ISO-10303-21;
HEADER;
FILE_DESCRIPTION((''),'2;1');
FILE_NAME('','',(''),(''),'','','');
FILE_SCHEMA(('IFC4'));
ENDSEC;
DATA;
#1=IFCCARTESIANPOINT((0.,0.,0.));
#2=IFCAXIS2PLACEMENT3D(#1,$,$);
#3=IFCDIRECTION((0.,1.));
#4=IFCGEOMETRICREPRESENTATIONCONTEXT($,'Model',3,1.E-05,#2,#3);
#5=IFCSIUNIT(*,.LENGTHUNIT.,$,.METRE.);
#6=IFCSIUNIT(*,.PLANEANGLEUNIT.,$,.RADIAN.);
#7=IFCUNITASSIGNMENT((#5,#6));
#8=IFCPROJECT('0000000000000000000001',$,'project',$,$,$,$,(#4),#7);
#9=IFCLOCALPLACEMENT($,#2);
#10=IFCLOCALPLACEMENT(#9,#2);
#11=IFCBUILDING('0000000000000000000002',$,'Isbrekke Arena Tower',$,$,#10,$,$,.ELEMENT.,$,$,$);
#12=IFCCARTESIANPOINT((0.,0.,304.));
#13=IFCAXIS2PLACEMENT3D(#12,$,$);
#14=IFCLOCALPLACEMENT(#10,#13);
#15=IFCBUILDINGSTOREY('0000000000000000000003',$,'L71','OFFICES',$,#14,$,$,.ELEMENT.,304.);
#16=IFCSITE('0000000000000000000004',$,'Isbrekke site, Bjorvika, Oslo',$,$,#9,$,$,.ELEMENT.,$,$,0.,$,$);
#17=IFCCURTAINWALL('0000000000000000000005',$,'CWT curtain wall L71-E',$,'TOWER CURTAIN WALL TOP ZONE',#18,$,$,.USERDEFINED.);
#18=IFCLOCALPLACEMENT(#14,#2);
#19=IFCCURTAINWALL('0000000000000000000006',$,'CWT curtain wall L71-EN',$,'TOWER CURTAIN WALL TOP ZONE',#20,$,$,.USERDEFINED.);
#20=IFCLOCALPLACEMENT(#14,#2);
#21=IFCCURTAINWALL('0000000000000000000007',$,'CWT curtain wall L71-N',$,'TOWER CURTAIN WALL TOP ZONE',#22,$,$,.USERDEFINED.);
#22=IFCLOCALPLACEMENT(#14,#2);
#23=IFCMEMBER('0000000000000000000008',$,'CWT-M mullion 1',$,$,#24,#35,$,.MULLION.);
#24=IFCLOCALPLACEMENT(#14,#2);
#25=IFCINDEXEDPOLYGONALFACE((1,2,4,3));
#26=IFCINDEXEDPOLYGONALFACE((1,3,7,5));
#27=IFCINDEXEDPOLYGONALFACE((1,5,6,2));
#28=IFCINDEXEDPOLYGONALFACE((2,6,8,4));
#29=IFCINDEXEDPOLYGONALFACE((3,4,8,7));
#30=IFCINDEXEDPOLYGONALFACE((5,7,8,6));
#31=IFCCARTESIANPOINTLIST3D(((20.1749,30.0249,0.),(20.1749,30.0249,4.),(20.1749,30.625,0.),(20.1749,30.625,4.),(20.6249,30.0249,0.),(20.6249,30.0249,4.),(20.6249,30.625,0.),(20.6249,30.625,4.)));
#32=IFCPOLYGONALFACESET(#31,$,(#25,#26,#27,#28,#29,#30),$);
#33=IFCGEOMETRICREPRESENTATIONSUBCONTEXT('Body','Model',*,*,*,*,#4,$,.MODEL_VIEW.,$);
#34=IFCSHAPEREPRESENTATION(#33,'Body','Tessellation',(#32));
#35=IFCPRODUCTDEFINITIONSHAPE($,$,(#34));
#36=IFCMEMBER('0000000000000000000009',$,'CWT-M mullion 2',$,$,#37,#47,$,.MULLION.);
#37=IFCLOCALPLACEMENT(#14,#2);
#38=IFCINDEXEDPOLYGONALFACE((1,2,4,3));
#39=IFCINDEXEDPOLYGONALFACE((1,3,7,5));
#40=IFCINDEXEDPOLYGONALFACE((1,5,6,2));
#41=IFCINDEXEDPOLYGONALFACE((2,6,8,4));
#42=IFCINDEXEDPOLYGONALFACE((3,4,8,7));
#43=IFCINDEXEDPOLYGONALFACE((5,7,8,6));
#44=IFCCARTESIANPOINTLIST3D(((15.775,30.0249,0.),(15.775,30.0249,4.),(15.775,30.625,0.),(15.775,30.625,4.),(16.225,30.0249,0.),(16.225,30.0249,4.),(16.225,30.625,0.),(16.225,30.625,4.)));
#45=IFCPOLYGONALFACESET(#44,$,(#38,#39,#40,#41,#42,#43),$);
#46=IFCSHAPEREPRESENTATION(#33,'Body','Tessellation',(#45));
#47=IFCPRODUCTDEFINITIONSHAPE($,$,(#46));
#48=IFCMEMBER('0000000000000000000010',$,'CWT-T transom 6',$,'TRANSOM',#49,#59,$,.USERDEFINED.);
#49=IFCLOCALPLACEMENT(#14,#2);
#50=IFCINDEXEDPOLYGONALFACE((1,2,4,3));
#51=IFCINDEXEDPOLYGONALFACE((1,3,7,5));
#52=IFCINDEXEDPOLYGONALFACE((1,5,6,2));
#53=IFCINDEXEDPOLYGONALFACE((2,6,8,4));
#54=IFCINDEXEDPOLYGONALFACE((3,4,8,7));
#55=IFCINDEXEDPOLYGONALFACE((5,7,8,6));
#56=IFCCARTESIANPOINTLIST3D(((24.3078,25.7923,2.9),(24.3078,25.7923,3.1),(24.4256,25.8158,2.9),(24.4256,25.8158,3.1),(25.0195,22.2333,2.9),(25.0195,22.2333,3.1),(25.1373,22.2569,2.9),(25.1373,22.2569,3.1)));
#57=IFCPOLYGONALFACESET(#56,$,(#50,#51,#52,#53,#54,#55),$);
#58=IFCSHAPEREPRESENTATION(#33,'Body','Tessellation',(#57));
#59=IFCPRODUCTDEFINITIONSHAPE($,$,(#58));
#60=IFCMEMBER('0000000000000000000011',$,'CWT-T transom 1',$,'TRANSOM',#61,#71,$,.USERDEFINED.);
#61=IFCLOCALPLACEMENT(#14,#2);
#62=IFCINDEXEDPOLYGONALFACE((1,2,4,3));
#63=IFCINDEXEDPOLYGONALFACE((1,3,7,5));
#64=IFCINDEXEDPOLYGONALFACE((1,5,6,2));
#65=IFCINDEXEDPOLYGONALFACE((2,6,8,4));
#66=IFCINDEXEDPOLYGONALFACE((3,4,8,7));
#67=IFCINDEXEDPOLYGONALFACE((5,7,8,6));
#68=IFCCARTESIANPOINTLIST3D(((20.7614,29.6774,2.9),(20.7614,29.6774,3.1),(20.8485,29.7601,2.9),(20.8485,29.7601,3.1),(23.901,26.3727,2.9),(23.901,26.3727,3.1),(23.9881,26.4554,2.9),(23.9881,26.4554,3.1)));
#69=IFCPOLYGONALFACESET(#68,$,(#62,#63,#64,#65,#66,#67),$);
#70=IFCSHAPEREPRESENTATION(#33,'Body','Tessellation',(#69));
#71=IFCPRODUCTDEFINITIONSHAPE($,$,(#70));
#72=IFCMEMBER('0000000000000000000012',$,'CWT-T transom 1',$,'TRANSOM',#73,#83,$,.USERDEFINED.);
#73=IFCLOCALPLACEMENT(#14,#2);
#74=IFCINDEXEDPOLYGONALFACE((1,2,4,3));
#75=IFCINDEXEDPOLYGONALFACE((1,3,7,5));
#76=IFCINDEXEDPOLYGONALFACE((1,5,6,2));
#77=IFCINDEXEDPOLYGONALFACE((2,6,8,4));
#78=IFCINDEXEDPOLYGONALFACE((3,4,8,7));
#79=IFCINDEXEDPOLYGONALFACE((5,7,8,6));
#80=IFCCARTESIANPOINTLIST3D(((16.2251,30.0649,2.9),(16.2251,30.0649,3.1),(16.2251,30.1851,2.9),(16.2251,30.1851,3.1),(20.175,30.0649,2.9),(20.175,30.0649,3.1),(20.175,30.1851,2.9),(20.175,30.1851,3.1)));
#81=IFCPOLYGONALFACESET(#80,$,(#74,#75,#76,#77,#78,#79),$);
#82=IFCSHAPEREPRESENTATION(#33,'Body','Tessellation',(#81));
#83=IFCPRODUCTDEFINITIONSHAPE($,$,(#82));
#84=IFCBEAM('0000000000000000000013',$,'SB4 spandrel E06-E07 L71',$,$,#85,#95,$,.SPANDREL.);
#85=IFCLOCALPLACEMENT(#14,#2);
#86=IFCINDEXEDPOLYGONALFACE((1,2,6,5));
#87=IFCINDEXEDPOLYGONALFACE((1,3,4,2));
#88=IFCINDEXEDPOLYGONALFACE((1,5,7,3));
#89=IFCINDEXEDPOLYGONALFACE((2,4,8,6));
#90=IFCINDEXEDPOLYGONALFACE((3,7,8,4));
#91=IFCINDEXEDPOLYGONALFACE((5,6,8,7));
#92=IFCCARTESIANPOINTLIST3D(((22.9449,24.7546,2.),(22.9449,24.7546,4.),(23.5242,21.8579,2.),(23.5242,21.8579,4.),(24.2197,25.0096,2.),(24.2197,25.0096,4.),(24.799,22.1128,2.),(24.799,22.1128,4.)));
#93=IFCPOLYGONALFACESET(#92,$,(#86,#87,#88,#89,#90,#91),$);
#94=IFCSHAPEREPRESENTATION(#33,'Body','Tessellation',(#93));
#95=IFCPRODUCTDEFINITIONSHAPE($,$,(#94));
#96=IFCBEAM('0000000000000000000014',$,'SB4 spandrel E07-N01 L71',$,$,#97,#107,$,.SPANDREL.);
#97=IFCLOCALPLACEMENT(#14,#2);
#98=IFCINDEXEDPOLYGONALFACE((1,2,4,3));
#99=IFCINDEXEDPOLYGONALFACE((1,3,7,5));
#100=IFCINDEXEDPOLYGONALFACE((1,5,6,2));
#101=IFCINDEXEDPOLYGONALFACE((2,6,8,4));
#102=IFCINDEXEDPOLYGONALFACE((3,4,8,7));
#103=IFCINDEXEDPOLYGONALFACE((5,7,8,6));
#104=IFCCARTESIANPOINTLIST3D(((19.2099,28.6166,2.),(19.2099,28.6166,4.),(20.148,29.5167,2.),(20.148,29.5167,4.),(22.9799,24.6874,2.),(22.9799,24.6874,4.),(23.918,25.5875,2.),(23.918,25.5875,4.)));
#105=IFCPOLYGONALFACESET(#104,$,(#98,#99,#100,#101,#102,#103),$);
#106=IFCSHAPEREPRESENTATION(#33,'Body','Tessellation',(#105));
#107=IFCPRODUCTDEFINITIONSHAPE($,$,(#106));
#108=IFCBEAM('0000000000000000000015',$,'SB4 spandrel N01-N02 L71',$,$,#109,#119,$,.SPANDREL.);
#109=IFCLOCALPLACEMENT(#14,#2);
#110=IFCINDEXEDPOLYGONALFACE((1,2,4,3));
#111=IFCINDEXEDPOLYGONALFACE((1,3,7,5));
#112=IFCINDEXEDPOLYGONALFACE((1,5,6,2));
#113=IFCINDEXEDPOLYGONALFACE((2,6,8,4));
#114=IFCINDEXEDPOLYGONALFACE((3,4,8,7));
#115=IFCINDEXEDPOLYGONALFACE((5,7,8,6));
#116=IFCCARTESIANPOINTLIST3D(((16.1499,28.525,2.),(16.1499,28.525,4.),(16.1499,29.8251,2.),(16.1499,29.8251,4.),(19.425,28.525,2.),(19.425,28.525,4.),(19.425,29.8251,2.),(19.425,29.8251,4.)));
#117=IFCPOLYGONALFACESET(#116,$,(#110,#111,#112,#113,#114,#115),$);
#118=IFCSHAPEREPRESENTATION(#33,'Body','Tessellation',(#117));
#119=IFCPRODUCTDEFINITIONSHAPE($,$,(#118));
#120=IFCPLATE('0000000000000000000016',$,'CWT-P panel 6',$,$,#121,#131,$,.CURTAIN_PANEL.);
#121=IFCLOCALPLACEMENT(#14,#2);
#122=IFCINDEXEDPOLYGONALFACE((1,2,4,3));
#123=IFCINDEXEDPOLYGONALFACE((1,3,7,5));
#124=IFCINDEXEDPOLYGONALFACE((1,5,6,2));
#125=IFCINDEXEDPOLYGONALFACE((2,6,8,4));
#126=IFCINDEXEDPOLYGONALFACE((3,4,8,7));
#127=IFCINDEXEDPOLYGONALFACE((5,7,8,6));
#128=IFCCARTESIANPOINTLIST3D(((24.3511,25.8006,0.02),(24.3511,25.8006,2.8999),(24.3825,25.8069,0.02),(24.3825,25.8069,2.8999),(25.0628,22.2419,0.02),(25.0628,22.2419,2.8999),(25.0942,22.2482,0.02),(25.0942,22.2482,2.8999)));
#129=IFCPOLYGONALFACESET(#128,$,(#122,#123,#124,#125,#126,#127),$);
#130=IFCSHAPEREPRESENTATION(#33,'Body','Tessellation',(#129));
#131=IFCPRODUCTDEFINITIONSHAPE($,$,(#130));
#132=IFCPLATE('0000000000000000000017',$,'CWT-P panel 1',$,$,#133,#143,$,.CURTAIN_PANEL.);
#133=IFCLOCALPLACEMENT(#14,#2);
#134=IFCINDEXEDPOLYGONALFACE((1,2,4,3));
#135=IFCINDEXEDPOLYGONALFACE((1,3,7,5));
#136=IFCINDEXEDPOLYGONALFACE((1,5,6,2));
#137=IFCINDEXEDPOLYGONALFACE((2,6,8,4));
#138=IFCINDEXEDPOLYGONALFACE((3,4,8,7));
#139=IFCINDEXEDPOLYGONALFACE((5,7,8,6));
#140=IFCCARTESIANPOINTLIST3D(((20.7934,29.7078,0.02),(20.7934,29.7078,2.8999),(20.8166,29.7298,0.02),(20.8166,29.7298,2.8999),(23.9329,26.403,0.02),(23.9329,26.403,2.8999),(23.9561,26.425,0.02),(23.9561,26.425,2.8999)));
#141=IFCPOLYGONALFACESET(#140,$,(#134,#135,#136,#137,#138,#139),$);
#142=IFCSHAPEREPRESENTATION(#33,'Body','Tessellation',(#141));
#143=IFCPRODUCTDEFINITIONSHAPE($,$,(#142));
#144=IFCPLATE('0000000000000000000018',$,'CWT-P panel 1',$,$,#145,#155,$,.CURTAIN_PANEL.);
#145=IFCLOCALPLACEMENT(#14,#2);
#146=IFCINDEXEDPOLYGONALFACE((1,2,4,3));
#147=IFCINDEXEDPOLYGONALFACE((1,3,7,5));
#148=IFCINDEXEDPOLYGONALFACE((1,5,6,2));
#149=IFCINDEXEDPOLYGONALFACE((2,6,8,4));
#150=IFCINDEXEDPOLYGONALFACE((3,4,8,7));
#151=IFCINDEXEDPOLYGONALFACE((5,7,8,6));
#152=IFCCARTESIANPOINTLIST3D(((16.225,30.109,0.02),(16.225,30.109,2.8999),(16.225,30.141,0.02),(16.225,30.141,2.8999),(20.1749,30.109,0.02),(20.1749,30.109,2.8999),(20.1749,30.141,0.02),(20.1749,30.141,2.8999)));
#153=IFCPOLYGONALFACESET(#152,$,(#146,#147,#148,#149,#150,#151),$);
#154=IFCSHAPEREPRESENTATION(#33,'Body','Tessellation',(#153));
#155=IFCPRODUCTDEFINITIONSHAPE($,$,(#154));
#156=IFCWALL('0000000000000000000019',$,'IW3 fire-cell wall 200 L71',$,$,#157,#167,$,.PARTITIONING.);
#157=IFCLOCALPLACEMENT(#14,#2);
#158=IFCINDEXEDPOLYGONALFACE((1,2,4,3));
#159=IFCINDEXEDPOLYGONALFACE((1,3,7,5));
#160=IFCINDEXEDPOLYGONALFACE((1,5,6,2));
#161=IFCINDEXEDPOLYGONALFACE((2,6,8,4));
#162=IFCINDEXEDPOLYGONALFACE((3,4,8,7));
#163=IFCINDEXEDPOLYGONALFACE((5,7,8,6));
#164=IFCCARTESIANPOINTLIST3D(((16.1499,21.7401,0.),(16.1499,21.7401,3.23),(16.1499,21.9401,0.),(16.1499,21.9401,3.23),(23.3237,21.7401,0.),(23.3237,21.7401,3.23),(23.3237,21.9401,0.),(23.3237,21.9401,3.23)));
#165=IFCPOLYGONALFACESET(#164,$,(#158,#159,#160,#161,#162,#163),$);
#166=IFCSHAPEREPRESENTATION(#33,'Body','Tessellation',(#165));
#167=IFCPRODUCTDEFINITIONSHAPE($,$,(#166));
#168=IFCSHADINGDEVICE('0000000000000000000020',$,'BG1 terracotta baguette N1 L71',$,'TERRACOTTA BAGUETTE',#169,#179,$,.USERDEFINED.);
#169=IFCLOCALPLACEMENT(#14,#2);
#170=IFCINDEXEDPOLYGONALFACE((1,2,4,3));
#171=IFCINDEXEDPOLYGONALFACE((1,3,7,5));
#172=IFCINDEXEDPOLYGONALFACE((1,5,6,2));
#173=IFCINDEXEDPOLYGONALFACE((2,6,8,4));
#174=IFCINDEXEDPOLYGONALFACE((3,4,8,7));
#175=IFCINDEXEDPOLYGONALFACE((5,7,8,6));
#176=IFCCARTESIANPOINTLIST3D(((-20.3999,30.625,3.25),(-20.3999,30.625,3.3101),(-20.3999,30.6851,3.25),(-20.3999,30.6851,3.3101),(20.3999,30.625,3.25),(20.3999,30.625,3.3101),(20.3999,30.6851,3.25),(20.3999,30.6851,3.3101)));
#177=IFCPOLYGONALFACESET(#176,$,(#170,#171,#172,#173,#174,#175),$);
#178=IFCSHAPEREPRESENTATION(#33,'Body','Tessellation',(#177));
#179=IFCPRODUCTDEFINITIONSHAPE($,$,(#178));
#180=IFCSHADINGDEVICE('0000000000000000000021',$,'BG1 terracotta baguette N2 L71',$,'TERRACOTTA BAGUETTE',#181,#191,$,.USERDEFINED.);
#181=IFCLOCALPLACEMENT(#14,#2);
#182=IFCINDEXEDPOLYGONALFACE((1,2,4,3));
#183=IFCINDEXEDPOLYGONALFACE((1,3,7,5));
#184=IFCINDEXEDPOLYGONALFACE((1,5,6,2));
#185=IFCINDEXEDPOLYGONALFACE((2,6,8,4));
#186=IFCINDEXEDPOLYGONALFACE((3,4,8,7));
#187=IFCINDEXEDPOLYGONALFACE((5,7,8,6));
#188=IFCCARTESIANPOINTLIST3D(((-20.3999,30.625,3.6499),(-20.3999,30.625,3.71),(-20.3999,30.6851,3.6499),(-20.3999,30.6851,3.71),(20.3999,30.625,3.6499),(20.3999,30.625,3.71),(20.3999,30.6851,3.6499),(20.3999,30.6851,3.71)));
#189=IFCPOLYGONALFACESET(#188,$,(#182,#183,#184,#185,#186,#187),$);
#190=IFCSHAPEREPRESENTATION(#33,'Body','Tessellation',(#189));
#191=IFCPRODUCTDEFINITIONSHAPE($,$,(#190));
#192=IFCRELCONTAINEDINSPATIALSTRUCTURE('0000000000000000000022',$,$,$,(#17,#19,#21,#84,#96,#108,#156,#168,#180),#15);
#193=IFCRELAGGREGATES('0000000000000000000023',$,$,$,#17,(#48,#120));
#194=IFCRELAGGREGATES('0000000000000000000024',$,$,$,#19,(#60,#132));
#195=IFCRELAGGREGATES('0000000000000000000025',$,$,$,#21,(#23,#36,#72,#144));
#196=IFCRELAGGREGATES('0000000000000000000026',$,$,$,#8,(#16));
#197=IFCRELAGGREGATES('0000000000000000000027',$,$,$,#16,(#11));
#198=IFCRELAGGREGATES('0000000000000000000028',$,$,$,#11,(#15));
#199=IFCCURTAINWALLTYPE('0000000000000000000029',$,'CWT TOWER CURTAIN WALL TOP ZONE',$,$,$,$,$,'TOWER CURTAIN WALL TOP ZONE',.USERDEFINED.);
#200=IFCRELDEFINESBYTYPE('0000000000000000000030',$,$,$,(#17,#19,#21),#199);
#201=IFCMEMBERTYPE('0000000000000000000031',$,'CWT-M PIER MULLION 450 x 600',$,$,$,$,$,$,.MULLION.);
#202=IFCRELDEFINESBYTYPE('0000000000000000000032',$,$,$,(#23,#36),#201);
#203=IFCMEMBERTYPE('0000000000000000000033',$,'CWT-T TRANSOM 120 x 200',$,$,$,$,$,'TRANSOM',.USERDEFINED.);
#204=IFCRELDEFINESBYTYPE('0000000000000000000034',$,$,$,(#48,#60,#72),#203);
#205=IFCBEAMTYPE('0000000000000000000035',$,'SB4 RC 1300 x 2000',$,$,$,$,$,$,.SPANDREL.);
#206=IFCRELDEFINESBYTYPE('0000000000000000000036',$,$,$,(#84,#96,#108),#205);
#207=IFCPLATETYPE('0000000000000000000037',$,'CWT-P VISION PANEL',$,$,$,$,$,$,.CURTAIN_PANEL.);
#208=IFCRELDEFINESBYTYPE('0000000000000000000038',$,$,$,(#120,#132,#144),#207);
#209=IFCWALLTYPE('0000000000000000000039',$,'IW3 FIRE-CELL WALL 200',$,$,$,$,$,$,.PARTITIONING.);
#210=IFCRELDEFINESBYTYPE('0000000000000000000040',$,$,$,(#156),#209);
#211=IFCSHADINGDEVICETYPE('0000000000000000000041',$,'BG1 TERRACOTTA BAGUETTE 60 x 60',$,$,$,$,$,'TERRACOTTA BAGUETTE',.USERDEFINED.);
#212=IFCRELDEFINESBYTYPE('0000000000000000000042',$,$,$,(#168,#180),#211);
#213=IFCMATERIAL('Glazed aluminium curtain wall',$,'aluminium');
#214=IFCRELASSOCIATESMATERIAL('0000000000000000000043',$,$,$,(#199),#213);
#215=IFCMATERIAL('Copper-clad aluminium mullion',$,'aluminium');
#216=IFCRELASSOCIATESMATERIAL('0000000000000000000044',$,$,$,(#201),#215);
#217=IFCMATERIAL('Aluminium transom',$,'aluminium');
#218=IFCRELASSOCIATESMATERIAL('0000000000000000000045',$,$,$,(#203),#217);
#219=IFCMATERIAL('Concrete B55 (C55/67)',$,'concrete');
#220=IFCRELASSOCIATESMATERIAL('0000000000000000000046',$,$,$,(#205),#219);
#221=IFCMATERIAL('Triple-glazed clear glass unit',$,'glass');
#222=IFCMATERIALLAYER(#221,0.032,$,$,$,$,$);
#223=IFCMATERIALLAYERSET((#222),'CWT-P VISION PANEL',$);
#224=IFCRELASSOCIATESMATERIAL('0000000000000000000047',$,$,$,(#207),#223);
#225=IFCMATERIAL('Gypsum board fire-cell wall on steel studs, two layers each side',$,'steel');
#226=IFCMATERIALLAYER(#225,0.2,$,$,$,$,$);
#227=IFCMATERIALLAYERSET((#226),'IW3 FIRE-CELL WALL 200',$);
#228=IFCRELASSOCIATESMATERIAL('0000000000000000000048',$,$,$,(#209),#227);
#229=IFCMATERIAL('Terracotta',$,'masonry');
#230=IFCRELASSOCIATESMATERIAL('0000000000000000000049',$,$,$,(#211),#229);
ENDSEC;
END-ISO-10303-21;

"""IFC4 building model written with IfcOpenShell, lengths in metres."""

from ifc_helpers import new_model, si_unit, direction, frame, frame_2d, origin, origin_2d, place, context, subcontext, project, spatial, rectangle, extrude, material, layer, layer_set, material_profile, profile_set, type_object, element, aggregate, save


model = new_model("IFC4")

# Units and contexts
model_context = context("Model", 3, precision=1e-05, world=origin(), true_north=direction((0.0, 1.0)))
body_context = subcontext(model_context, "Body", "Model", "MODEL_VIEW")
ifc_project = project(units=[si_unit("LENGTHUNIT", "METRE"), si_unit("PLANEANGLEUNIT", "RADIAN")], contexts=[model_context])

# Site, building, storey
site_placement = place(None, origin())
site = spatial("IfcSite", under=ifc_project, at=site_placement, Name="Isbrekke site, Bjorvika, Oslo", CompositionType="ELEMENT", RefElevation=0.0)
building_placement = place(site_placement, origin())
building = spatial("IfcBuilding", under=site, at=building_placement, Name="Isbrekke Arena Tower", CompositionType="ELEMENT")
storey_placement = place(building_placement, frame((0.0, 0.0, 304.0)))
storey = spatial("IfcBuildingStorey", under=building, at=storey_placement, Name="L71", Description="OFFICES", CompositionType="ELEMENT", Elevation=304.0)

# Curtain walls, members
ifc_material_1 = material(Name="Glazed aluminium curtain wall", Category="aluminium")
curtain_wall_type = type_object("IfcCurtainWallType", Name="CWT TOWER CURTAIN WALL TOP ZONE", ElementType="TOWER CURTAIN WALL TOP ZONE", PredefinedType="USERDEFINED", material=ifc_material_1)
curtain_wall_1_placement = place(storey_placement, origin())
curtain_wall_1 = element("IfcCurtainWall", 1, at=curtain_wall_1_placement, inside=storey, type_object=curtain_wall_type, Name="CWT curtain wall L71-E", ObjectType="TOWER CURTAIN WALL TOP ZONE", PredefinedType="USERDEFINED")
ifc_material_2 = material(Name="Copper-clad aluminium mullion", Category="aluminium")
ifc_material_profile_1 = material_profile(ifc_material_2, rectangle(XDim=0.45, YDim=0.6001, at=origin_2d()), Name="PIER 450X600")
ifc_profile_set_1 = profile_set([ifc_material_profile_1], Name="Copper-clad aluminium mullion")
member_type_1 = type_object("IfcMemberType", Name="CWT-M PIER MULLION 450 x 600", PredefinedType="MULLION", material=ifc_profile_set_1)
curtain_wall_2_placement = place(storey_placement, origin())
curtain_wall_2 = element("IfcCurtainWall", 2, at=curtain_wall_2_placement, inside=storey, type_object=curtain_wall_type, Name="CWT curtain wall L71-EN", ObjectType="TOWER CURTAIN WALL TOP ZONE", PredefinedType="USERDEFINED")
curtain_wall_3_placement = place(storey_placement, origin())
curtain_wall_3 = element("IfcCurtainWall", 3, at=curtain_wall_3_placement, inside=storey, type_object=curtain_wall_type, Name="CWT curtain wall L71-N", ObjectType="TOWER CURTAIN WALL TOP ZONE", PredefinedType="USERDEFINED")
member_1_placement = place(storey_placement, frame((20.3999, 30.325, 0.0), z_axis=(0.0, 0.0, 1.0), x_axis=(-1.0, 0.0, 0.0)))
member_1 = element("IfcMember", 4, at=member_1_placement, type_object=member_type_1, Name="CWT-M mullion 1", PredefinedType="MULLION", context=body_context, shape_type="SweptSolid", body=[
    extrude(rectangle(XDim=0.45, YDim=0.6001, at=origin_2d()), origin(), (0.0, 0.0, 1.0), 4.0),
])
member_2_placement = place(storey_placement, frame((16.0, 30.325, 0.0), z_axis=(0.0, 0.0, 1.0), x_axis=(-1.0, 0.0, 0.0)))
member_2 = element("IfcMember", 5, at=member_2_placement, type_object=member_type_1, Name="CWT-M mullion 2", PredefinedType="MULLION", context=body_context, shape_type="SweptSolid", body=[
    extrude(rectangle(XDim=0.45, YDim=0.6001, at=origin_2d()), origin(), (0.0, 0.0, 1.0), 4.0),
])

# Members
ifc_material_3 = material(Name="Aluminium transom", Category="aluminium")
ifc_material_profile_2 = material_profile(ifc_material_3, rectangle(XDim=0.1201, YDim=0.2, at=origin_2d()), Name="TRANSOM 120X200")
ifc_profile_set_2 = profile_set([ifc_material_profile_2], Name="Aluminium transom")
member_type_2 = type_object("IfcMemberType", Name="CWT-T TRANSOM 120 x 200", ElementType="TRANSOM", PredefinedType="USERDEFINED", material=ifc_profile_set_2)
member_3_placement = place(storey_placement, frame((25.0784, 22.2451, 3.0), z_axis=(-0.19609, 0.980586, 0.0), x_axis=(-0.980586, -0.19609, 0.0)))
member_3 = element("IfcMember", 6, at=member_3_placement, type_object=member_type_2, Name="CWT-T transom 6", ObjectType="TRANSOM", PredefinedType="USERDEFINED", context=body_context, shape_type="SweptSolid", body=[
    extrude(rectangle(XDim=0.1201, YDim=0.2, at=origin_2d()), origin(), (0.0, 0.0, 1.0), 3.6294),
])
member_4_placement = place(storey_placement, frame((23.9446, 26.4141, 3.0), z_axis=(-0.688772, 0.724978, 0.0), x_axis=(-0.724978, -0.688772, 0.0)))
member_4 = element("IfcMember", 7, at=member_4_placement, type_object=member_type_2, Name="CWT-T transom 1", ObjectType="TRANSOM", PredefinedType="USERDEFINED", context=body_context, shape_type="SweptSolid", body=[
    extrude(rectangle(XDim=0.1201, YDim=0.2, at=origin_2d()), origin(), (0.0, 0.0, 1.0), 4.5583),
])
member_5_placement = place(storey_placement, frame((20.175, 30.125, 3.0), z_axis=(-1.0, 0.0, 0.0), x_axis=(0.0, -1.0, 0.0)))
member_5 = element("IfcMember", 8, at=member_5_placement, type_object=member_type_2, Name="CWT-T transom 1", ObjectType="TRANSOM", PredefinedType="USERDEFINED", context=body_context, shape_type="SweptSolid", body=[
    extrude(rectangle(XDim=0.1201, YDim=0.2, at=origin_2d()), origin(), (0.0, 0.0, 1.0), 3.95),
])

# Beams
ifc_material_4 = material(Name="Concrete B55 (C55/67)", Category="concrete")
ifc_material_profile_3 = material_profile(ifc_material_4, rectangle(XDim=1.3, YDim=2.0, at=origin_2d()), Name="RC 1300x2000")
ifc_profile_set_3 = profile_set([ifc_material_profile_3], Name="Concrete B55 (C55/67)")
beam_type_1 = type_object("IfcBeamType", Name="SB4 RC 1300 x 2000", PredefinedType="SPANDREL", material=ifc_profile_set_3)
beam_1_placement = place(storey_placement, frame((24.1616, 21.9854, 3.0), z_axis=(-0.196116, 0.980581, 0.0), x_axis=(-0.980581, -0.196116, 0.0)))
element("IfcBeam", 9, at=beam_1_placement, inside=storey, type_object=beam_type_1, Name="SB4 spandrel E06-E07 L71", PredefinedType="SPANDREL", context=body_context, shape_type="SweptSolid", body=[
    extrude(rectangle(XDim=1.3, YDim=2.0, at=origin_2d()), origin(), (0.0, 0.0, 1.0), 2.9541),
])
beam_2_placement = place(storey_placement, frame((23.449, 25.1375, 3.0), z_axis=(-0.69234, 0.721572, 0.0), x_axis=(-0.721572, -0.69234, 0.0)))
element("IfcBeam", 10, at=beam_2_placement, inside=storey, type_object=beam_type_1, Name="SB4 spandrel E07-N01 L71", PredefinedType="SPANDREL", context=body_context, shape_type="SweptSolid", body=[
    extrude(rectangle(XDim=1.3, YDim=2.0, at=origin_2d()), origin(), (0.0, 0.0, 1.0), 5.4453),
])
beam_3_placement = place(storey_placement, frame((19.425, 29.175, 3.0), z_axis=(-1.0, 0.0, 0.0), x_axis=(0.0, -1.0, 0.0)))
element("IfcBeam", 11, at=beam_3_placement, inside=storey, type_object=beam_type_1, Name="SB4 spandrel N01-N02 L71", PredefinedType="SPANDREL", context=body_context, shape_type="SweptSolid", body=[
    extrude(rectangle(XDim=1.3, YDim=2.0, at=origin_2d()), origin(), (0.0, 0.0, 1.0), 3.2751),
])

# Plates
ifc_material_5 = material(Name="Triple-glazed clear glass unit", Category="glass")
ifc_layer_1 = layer(ifc_material_5, 0.032)
ifc_layer_set_1 = layer_set([ifc_layer_1], Name="CWT-P VISION PANEL")
plate_type = type_object("IfcPlateType", Name="CWT-P VISION PANEL", PredefinedType="CURTAIN_PANEL", material=ifc_layer_set_1)
plate_1_placement = place(storey_placement, frame((24.7227, 24.0244, 0.02), z_axis=(0.0, 0.0, 1.0), x_axis=(-0.196116, 0.980581, 0.0)))
plate_1 = element("IfcPlate", 12, at=plate_1_placement, type_object=plate_type, Name="CWT-P panel 6", PredefinedType="CURTAIN_PANEL", context=body_context, shape_type="SweptSolid", body=[
    extrude(rectangle(XDim=3.6292, YDim=0.032, at=origin_2d()), origin(), (0.0, 0.0, 1.0), 2.8799),
])
aggregate(curtain_wall_1, [member_3, plate_1])
plate_2_placement = place(storey_placement, frame((22.3748, 28.0664, 0.02), z_axis=(0.0, 0.0, 1.0), x_axis=(-0.688749, 0.724999, 0.0)))
plate_2 = element("IfcPlate", 13, at=plate_2_placement, type_object=plate_type, Name="CWT-P panel 1", PredefinedType="CURTAIN_PANEL", context=body_context, shape_type="SweptSolid", body=[
    extrude(rectangle(XDim=4.5583, YDim=0.032, at=origin_2d()), origin(), (0.0, 0.0, 1.0), 2.8799),
])
aggregate(curtain_wall_2, [member_4, plate_2])
plate_3_placement = place(storey_placement, frame((18.2, 30.125, 0.02), z_axis=(0.0, 0.0, 1.0), x_axis=(-1.0, 0.0, 0.0)))
plate_3 = element("IfcPlate", 14, at=plate_3_placement, type_object=plate_type, Name="CWT-P panel 1", PredefinedType="CURTAIN_PANEL", context=body_context, shape_type="SweptSolid", body=[
    extrude(rectangle(XDim=3.95, YDim=0.032, at=origin_2d()), origin(), (0.0, 0.0, 1.0), 2.8799),
])
aggregate(curtain_wall_3, [member_1, member_2, member_5, plate_3])

# Wall
ifc_material_6 = material(Name="Gypsum board fire-cell wall on steel studs, two layers each side", Category="steel")
ifc_layer_2 = layer(ifc_material_6, 0.2)
ifc_layer_set_2 = layer_set([ifc_layer_2], Name="IW3 FIRE-CELL WALL 200")
wall_type = type_object("IfcWallType", Name="IW3 FIRE-CELL WALL 200", PredefinedType="PARTITIONING", material=ifc_layer_set_2)
wall_placement = place(storey_placement, frame((16.1499, 21.8401, 0.0), z_axis=(0.0, 0.0, 1.0), x_axis=(1.0, 0.0, 0.0)))
element("IfcWall", 15, at=wall_placement, inside=storey, type_object=wall_type, Name="IW3 fire-cell wall 200 L71", PredefinedType="PARTITIONING", context=body_context, shape_type="SweptSolid", body=[
    extrude(rectangle(XDim=7.1738, YDim=0.2, at=frame_2d((3.5869, 0.0))), origin(), (0.0, 0.0, 1.0), 3.23),
])

# Shading devices
ifc_material_7 = material(Name="Terracotta", Category="masonry")
ifc_material_profile_4 = material_profile(ifc_material_7, rectangle(XDim=0.0601, YDim=0.0601, at=origin_2d()), Name="BAGUETTE 60X60")
ifc_profile_set_4 = profile_set([ifc_material_profile_4], Name="Terracotta")
shading_device_type = type_object("IfcShadingDeviceType", Name="BG1 TERRACOTTA BAGUETTE 60 x 60", ElementType="TERRACOTTA BAGUETTE", PredefinedType="USERDEFINED", material=ifc_profile_set_4)
for number, where, z_axis, x_axis, name in (
    (16, (20.3999, 30.655, 3.28), (-1.0, 0.0, 0.0), (0.0, -1.0, 0.0), "BG1 terracotta baguette N1 L71"),
    (17, (20.3999, 30.655, 3.6799), (-1.0, 0.0, 0.0), (0.0, -1.0, 0.0), "BG1 terracotta baguette N2 L71"),
):
    element("IfcShadingDevice", number, at=place(storey_placement, frame(where, z_axis=z_axis, x_axis=x_axis)), inside=storey, type_object=shading_device_type, Name=name, ObjectType="TERRACOTTA BAGUETTE", PredefinedType="USERDEFINED", context=body_context, shape_type="SweptSolid", body=[
        extrude(rectangle(XDim=0.0601, YDim=0.0601, at=origin_2d()), origin(), (0.0, 0.0, 1.0), 40.7998),
    ])

save(model, "model.ifc")
